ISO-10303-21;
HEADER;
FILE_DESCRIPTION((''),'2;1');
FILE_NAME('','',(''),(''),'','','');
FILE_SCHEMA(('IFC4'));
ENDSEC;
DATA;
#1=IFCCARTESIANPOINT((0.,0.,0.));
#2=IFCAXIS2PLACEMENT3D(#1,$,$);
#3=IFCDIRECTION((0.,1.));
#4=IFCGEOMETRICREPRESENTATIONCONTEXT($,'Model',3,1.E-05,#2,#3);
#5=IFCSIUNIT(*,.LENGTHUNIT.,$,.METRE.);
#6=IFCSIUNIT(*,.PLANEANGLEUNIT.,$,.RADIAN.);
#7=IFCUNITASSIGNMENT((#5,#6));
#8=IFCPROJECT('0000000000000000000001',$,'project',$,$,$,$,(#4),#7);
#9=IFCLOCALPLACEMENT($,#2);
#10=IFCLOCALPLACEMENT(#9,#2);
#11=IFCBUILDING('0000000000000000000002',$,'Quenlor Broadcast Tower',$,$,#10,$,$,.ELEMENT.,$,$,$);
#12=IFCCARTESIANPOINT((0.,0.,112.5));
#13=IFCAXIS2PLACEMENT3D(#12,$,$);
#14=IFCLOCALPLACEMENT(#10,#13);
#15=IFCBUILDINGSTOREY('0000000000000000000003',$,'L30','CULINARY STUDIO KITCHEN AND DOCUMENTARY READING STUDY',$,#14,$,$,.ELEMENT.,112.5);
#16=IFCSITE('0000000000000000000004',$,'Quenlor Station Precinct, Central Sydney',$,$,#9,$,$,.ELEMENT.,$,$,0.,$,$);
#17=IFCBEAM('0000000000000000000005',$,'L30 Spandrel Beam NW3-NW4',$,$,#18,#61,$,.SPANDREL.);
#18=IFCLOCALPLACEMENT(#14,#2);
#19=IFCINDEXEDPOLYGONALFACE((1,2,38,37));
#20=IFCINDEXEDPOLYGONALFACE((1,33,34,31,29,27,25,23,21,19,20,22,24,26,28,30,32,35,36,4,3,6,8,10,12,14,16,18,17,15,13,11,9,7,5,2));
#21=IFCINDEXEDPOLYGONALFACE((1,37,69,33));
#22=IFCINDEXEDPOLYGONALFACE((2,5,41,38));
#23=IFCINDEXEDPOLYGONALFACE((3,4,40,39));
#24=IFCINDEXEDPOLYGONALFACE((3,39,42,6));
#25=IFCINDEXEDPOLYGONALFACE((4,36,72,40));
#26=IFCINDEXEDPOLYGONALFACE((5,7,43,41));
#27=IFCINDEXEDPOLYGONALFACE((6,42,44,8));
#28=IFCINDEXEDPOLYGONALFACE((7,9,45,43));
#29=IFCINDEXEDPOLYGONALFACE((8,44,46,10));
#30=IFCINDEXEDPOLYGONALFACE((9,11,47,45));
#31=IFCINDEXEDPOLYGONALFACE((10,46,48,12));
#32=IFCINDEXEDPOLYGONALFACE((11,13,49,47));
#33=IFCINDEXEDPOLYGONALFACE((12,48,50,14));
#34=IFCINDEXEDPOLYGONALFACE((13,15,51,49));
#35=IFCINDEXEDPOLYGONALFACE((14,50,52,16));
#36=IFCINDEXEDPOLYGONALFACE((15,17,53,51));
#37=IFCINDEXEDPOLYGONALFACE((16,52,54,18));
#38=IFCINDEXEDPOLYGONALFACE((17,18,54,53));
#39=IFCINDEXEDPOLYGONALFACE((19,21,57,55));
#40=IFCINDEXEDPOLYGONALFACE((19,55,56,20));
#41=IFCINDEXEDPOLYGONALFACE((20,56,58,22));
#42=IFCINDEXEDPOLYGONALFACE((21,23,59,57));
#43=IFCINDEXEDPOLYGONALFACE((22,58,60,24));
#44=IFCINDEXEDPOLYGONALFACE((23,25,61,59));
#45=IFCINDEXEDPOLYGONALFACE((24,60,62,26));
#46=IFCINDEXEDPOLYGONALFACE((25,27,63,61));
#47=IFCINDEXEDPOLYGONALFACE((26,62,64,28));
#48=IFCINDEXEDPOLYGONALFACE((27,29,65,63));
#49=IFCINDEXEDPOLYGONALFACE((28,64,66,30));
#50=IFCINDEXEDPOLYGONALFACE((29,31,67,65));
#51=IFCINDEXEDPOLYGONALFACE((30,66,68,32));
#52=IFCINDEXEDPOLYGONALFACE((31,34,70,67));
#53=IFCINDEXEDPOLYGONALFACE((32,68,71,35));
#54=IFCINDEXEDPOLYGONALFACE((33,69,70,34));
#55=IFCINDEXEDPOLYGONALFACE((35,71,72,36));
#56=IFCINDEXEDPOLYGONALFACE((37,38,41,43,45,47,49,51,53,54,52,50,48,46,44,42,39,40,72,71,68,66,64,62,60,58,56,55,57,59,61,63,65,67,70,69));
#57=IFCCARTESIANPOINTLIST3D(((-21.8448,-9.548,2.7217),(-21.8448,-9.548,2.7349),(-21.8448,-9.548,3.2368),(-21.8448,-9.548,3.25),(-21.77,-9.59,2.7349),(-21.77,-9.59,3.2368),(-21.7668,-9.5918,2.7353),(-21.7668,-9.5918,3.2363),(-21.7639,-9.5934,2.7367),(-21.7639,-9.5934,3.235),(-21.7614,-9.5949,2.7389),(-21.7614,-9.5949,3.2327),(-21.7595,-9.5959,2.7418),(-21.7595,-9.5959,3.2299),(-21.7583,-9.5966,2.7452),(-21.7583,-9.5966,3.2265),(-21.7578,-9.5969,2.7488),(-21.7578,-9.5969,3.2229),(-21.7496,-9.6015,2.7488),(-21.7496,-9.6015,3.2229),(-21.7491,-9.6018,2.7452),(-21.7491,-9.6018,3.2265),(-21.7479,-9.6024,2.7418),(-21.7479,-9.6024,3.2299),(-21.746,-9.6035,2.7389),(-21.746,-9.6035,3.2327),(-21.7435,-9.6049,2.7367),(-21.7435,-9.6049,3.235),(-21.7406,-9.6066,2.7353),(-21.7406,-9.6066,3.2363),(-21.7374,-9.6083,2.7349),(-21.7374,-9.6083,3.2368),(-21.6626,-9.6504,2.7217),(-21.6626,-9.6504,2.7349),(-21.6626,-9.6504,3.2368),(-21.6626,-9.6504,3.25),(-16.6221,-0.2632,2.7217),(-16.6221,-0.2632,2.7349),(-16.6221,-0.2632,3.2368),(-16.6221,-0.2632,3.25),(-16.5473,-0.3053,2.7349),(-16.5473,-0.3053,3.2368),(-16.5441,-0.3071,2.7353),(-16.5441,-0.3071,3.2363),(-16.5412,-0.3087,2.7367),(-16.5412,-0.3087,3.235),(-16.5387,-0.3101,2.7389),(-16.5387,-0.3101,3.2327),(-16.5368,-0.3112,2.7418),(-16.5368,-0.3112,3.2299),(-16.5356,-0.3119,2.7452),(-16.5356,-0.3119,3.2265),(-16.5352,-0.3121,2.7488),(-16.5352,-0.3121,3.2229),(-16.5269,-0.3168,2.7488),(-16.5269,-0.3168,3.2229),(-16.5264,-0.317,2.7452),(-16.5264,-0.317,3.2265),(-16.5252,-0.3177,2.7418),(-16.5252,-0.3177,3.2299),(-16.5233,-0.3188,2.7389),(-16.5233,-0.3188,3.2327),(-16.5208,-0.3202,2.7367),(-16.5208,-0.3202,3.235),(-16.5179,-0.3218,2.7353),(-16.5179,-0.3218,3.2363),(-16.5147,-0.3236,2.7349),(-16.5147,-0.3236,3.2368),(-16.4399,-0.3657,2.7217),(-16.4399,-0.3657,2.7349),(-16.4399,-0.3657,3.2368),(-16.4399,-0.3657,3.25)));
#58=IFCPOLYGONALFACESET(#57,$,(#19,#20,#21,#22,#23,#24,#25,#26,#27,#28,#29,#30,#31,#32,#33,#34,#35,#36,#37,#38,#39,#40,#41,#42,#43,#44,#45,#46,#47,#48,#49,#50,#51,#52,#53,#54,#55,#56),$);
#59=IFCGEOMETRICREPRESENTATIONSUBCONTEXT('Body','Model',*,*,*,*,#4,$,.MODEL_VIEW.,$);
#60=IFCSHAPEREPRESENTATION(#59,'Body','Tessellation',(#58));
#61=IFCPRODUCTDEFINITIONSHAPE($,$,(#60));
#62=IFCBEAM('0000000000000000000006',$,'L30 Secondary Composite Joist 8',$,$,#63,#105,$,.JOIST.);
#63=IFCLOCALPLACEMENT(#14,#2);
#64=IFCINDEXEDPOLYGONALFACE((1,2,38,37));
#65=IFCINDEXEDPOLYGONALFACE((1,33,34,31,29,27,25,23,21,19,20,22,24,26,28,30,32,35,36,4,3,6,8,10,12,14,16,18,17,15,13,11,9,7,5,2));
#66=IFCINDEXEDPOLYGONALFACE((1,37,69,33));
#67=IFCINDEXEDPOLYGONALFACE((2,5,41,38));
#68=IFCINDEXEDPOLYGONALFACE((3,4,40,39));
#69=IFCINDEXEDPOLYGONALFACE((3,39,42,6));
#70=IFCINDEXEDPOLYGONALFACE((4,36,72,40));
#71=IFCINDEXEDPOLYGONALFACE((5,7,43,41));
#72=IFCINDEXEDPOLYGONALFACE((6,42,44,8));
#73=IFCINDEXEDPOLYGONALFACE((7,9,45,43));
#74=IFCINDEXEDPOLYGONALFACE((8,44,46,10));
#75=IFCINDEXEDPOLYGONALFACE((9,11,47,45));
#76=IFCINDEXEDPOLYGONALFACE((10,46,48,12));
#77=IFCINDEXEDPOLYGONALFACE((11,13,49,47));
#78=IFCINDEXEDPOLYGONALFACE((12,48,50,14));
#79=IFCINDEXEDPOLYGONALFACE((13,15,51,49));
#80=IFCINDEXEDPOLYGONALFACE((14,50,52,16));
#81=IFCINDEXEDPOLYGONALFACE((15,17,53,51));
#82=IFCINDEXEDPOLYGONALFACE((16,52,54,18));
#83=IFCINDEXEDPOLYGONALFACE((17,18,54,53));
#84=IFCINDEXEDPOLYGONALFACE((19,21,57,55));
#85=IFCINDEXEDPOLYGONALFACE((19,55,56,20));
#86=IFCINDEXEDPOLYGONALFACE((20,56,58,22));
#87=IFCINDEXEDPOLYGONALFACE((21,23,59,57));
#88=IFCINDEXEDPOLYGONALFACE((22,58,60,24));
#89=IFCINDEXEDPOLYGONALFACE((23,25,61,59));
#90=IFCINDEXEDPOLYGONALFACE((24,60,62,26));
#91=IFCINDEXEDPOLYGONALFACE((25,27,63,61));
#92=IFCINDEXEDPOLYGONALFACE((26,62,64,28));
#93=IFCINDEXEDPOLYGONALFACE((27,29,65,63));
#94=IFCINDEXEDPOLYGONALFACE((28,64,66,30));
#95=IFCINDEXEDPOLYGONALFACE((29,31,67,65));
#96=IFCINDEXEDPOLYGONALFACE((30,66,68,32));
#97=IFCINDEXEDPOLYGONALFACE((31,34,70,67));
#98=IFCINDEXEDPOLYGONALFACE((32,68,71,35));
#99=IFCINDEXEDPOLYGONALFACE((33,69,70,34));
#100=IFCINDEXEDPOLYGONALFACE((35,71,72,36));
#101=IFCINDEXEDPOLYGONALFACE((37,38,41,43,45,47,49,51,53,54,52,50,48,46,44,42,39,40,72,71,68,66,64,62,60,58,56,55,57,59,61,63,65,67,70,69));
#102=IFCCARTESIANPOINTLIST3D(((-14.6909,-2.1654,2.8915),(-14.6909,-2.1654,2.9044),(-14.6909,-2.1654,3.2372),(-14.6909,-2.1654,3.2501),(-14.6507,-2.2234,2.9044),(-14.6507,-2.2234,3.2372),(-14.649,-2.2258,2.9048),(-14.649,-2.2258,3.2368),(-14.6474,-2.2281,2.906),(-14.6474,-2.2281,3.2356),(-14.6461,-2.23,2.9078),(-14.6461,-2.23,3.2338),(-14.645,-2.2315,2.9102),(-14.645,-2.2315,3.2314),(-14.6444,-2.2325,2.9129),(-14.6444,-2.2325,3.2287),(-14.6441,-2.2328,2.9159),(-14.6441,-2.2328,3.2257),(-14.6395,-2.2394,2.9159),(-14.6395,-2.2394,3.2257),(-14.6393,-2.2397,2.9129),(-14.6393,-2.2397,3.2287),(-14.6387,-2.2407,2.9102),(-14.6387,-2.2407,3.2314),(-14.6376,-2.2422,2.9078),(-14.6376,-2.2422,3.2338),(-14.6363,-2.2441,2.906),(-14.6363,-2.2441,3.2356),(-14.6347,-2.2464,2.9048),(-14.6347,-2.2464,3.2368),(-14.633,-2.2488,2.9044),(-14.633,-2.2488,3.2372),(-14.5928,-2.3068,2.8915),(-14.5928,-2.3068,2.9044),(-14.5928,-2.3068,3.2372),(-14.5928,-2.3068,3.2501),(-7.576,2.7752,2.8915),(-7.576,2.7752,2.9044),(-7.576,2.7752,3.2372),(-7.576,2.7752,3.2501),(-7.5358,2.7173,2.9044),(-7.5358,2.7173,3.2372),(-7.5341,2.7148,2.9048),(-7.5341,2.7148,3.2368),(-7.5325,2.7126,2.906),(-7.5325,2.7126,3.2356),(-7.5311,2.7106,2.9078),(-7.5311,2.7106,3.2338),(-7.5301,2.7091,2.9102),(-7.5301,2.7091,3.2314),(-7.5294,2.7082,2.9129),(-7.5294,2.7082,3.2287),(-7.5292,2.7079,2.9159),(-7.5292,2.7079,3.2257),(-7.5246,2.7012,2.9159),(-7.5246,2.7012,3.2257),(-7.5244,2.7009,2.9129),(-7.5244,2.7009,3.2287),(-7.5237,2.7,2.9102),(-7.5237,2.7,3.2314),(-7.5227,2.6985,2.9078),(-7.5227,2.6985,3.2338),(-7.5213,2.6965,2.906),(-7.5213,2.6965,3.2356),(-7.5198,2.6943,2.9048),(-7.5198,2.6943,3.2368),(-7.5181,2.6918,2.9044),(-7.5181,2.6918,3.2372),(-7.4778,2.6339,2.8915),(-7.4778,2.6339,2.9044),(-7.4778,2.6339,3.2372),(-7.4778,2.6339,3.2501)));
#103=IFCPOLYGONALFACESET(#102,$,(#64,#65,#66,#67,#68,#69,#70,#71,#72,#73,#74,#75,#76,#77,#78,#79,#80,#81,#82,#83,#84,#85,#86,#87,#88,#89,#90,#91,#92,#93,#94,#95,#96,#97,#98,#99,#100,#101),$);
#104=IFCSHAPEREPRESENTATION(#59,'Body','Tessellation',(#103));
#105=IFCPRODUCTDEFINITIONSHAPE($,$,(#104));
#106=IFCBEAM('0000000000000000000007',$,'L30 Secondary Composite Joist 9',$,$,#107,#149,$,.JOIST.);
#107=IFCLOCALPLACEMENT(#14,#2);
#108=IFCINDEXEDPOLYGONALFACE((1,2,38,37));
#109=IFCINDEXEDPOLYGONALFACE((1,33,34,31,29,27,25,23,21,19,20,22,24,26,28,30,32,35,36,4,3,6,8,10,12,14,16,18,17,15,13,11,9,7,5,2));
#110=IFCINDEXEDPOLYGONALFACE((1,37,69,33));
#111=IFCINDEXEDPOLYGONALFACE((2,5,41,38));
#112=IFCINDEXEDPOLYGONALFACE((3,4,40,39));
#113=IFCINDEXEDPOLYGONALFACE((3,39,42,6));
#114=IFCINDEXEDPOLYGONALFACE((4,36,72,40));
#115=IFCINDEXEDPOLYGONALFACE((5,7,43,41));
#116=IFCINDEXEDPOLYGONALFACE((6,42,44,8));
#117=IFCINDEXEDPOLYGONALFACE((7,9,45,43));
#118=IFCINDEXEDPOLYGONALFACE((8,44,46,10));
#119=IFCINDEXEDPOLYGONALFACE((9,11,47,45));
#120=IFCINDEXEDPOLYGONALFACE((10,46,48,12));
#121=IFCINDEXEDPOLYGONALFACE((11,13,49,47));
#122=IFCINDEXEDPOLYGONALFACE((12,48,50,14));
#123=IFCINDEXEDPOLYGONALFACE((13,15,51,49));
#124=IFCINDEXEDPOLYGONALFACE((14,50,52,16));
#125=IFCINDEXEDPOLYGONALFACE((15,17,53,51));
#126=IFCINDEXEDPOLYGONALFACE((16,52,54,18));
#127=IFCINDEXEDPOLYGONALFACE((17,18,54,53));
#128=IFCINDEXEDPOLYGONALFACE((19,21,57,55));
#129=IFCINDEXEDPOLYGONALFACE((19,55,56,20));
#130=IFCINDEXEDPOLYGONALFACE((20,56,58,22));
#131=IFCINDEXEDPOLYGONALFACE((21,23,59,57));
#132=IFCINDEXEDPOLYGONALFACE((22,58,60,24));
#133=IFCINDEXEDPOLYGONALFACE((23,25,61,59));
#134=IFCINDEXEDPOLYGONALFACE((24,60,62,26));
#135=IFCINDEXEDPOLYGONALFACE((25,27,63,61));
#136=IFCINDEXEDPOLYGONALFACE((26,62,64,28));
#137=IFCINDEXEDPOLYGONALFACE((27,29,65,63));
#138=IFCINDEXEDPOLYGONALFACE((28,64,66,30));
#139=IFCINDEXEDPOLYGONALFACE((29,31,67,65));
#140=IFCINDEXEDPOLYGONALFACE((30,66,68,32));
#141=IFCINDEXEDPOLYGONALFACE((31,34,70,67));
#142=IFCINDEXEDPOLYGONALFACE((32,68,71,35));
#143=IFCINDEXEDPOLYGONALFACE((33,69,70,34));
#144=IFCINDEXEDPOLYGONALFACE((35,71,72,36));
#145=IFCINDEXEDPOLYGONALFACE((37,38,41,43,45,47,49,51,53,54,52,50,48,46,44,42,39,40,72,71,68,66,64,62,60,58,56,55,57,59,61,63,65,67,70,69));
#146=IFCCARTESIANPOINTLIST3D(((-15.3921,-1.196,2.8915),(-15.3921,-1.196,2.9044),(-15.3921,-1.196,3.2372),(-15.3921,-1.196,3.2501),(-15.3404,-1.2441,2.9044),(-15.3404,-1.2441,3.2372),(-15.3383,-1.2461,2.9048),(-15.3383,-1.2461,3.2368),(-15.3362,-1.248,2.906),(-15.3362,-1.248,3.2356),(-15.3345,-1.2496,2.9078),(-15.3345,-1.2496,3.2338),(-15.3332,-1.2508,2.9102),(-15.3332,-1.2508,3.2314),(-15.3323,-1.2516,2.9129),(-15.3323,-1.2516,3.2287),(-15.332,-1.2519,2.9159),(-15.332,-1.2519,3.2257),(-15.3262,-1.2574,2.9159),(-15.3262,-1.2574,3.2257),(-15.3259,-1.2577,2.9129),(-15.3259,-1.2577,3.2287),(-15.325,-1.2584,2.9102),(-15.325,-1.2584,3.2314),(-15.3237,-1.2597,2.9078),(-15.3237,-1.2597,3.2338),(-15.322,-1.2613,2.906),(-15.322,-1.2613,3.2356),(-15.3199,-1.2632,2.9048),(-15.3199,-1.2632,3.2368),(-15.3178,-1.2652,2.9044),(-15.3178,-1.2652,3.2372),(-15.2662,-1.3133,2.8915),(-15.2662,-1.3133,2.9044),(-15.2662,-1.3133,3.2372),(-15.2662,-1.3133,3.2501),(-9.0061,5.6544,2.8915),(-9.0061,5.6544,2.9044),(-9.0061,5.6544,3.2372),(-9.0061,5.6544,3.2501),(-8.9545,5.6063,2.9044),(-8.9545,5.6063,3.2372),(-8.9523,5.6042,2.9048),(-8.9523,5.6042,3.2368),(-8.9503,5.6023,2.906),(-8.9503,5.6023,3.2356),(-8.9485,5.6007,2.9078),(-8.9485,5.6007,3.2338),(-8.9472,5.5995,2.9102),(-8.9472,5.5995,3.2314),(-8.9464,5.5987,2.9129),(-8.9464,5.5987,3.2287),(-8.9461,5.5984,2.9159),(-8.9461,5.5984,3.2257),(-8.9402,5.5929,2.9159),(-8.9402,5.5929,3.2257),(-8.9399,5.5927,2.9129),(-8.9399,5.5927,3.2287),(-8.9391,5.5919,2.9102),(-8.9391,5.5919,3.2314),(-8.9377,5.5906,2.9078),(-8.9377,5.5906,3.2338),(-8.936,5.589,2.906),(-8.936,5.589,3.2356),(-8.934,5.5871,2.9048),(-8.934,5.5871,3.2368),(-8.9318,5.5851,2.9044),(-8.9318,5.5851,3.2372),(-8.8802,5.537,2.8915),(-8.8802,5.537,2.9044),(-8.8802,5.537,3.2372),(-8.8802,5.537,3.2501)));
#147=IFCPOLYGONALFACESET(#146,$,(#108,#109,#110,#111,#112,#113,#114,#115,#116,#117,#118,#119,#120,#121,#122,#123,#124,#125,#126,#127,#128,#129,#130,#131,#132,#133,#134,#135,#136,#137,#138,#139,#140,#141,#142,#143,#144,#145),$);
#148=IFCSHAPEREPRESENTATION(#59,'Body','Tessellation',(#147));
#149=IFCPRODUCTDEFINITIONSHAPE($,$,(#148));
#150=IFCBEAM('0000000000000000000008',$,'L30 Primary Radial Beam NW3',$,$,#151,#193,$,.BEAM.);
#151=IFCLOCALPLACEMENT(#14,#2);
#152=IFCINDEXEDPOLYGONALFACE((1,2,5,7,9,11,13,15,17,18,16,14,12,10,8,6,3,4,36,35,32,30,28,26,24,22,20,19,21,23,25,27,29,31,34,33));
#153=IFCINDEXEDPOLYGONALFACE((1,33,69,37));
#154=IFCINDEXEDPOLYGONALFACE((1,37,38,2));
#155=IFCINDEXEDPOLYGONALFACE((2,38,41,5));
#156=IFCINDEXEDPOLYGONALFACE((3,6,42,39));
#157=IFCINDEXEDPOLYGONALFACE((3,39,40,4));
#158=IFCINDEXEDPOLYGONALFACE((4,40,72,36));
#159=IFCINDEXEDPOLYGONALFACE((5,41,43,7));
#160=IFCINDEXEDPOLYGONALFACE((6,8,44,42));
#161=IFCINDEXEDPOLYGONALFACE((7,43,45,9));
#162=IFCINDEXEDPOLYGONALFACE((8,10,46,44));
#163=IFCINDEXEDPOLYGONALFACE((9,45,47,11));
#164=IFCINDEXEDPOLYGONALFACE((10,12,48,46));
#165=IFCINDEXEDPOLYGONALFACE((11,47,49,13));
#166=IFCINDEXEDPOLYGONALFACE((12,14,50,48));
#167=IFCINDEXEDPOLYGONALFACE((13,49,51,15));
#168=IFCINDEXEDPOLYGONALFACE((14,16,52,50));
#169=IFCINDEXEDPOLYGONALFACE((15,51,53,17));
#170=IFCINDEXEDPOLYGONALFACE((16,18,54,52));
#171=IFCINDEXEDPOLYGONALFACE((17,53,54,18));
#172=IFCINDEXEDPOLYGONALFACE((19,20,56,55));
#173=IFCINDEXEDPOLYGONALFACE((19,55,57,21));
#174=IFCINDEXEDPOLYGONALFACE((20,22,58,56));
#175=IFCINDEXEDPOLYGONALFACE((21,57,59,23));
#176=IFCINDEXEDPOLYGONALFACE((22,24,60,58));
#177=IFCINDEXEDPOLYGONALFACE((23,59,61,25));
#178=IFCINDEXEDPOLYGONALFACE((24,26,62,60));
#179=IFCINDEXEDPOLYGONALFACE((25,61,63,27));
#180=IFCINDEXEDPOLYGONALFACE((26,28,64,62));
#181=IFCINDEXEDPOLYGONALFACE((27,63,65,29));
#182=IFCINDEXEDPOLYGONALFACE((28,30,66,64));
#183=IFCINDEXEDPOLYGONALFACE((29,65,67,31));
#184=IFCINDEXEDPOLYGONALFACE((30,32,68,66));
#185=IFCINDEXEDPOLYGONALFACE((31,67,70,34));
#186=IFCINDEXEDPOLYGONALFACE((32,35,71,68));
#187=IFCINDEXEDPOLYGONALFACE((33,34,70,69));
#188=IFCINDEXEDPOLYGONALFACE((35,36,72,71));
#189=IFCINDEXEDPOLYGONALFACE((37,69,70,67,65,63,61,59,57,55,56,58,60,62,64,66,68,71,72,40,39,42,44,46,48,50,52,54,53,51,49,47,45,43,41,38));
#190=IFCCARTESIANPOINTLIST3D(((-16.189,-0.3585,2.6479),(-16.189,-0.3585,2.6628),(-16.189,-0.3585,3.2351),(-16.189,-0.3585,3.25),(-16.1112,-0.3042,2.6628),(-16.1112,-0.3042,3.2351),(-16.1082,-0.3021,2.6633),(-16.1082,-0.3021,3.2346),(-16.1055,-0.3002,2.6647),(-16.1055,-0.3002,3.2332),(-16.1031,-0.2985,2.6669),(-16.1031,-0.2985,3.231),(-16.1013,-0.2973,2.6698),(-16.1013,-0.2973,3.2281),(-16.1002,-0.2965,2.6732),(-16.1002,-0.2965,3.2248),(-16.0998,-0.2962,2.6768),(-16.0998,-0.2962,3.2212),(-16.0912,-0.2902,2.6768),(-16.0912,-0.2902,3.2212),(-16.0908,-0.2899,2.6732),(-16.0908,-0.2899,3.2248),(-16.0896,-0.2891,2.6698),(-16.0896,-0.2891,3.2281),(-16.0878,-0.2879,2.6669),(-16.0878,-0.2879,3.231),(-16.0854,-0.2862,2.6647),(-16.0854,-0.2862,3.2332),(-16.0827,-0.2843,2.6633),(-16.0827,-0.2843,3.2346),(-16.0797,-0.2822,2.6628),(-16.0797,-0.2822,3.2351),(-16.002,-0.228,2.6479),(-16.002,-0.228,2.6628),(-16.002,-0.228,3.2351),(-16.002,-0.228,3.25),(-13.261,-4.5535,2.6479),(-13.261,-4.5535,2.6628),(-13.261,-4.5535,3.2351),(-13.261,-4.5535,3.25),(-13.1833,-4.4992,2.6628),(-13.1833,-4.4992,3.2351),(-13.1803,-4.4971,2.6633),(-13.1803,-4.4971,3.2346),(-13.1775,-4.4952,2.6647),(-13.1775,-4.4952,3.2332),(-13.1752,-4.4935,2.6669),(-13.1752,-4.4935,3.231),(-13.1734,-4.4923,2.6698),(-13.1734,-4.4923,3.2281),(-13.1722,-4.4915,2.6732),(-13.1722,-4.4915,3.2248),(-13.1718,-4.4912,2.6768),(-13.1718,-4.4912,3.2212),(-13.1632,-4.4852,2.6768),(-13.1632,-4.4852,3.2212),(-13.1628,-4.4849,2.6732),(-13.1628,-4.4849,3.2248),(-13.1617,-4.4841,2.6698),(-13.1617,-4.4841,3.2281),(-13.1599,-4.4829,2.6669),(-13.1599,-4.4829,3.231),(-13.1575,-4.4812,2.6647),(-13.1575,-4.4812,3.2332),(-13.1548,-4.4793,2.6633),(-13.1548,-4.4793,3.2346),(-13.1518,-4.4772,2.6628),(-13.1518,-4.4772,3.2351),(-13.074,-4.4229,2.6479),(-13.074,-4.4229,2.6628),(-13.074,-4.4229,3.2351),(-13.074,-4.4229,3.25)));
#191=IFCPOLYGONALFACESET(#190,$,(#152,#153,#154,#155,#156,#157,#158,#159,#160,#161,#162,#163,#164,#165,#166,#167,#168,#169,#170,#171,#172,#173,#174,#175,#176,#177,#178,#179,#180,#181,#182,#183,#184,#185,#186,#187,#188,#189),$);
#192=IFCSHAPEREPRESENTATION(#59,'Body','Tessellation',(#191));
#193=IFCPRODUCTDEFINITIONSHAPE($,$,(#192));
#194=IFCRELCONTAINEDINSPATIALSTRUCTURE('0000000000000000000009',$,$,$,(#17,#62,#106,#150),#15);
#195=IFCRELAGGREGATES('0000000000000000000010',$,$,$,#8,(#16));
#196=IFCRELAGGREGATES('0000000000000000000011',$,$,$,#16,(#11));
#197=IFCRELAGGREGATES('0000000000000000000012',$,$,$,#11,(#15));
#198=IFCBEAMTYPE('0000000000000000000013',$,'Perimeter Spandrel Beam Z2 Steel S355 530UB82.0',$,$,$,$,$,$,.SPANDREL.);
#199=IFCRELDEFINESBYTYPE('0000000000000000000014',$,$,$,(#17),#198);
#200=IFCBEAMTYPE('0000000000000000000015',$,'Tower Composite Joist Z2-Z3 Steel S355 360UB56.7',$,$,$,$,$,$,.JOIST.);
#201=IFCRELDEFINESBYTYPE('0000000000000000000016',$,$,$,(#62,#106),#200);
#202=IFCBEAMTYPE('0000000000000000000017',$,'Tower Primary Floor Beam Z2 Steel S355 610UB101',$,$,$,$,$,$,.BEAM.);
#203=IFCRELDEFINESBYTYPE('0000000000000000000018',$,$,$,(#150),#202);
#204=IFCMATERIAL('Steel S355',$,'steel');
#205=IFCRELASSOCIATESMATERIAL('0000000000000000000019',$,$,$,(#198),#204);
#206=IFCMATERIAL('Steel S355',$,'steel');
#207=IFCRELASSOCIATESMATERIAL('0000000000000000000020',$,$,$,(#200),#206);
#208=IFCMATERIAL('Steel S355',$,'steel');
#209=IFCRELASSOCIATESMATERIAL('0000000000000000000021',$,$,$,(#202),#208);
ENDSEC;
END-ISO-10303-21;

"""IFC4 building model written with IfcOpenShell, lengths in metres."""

from ifc_helpers import new_model, si_unit, direction, frame, origin, origin_2d, place, context, subcontext, project, spatial, i_section, extrude, material, material_profile, profile_set, type_object, element, save


model = new_model("IFC4")

# Units and contexts
model_context = context("Model", 3, precision=1e-05, world=origin(), true_north=direction((0.0, 1.0)))
body_context = subcontext(model_context, "Body", "Model", "MODEL_VIEW")
ifc_project = project(units=[si_unit("LENGTHUNIT", "METRE"), si_unit("PLANEANGLEUNIT", "RADIAN")], contexts=[model_context])

# Site, building, storey
site_placement = place(None, origin())
site = spatial("IfcSite", under=ifc_project, at=site_placement, Name="Quenlor Station Precinct, Central Sydney", CompositionType="ELEMENT", RefElevation=0.0)
building_placement = place(site_placement, origin())
building = spatial("IfcBuilding", under=site, at=building_placement, Name="Quenlor Broadcast Tower", CompositionType="ELEMENT")
storey_placement = place(building_placement, frame((0.0, 0.0, 112.5)))
storey = spatial("IfcBuildingStorey", under=building, at=storey_placement, Name="L30", Description="CULINARY STUDIO KITCHEN AND DOCUMENTARY READING STUDY", CompositionType="ELEMENT", Elevation=112.5)

# Beams
ifc_material_1 = material(Name="Steel S355", Category="steel")
ifc_material_profile_1 = material_profile(ifc_material_1, i_section(OverallWidth=0.209, OverallDepth=0.5283, WebThickness=0.0095, FlangeThickness=0.0132, FilletRadius=0.0139, at=origin_2d()))
ifc_profile_set_1 = profile_set([ifc_material_profile_1], Name="Steel S355 530UB82.0")
beam_type_1 = type_object("IfcBeamType", Name="Perimeter Spandrel Beam Z2 Steel S355 530UB82.0", PredefinedType="SPANDREL", material=ifc_profile_set_1)
beam_1_placement = place(storey_placement, frame((-16.531, -0.3145, 2.9858), z_axis=(-0.490263, -0.871574, 0.0), x_axis=(0.871574, -0.490263, 0.0)))
element("IfcBeam", 1, at=beam_1_placement, inside=storey, type_object=beam_type_1, Name="L30 Spandrel Beam NW3-NW4", PredefinedType="SPANDREL", context=body_context, shape_type="SweptSolid", body=[
    extrude(i_section(OverallWidth=0.209, OverallDepth=0.5283, WebThickness=0.0095, FlangeThickness=0.0132, FilletRadius=0.0139, at=origin_2d()), origin(), (0.0, 0.0, 1.0), 10.6528),
])
ifc_material_2 = material(Name="Steel S355", Category="steel")
ifc_material_profile_2 = material_profile(ifc_material_2, i_section(OverallWidth=0.1721, OverallDepth=0.3586, WebThickness=0.0081, FlangeThickness=0.0129, FilletRadius=0.0115, at=origin_2d()))
ifc_profile_set_2 = profile_set([ifc_material_profile_2], Name="Steel S355 360UB56.7")
beam_type_2 = type_object("IfcBeamType", Name="Tower Composite Joist Z2-Z3 Steel S355 360UB56.7", PredefinedType="JOIST", material=ifc_profile_set_2)
beam_2_placement = place(storey_placement, frame((-14.6418, -2.2361, 3.0708), z_axis=(0.821386, 0.570373, 0.0), x_axis=(-0.570373, 0.821386, 0.0)))
element("IfcBeam", 2, at=beam_2_placement, inside=storey, type_object=beam_type_2, Name="L30 Secondary Composite Joist 8", PredefinedType="JOIST", context=body_context, shape_type="SweptSolid", body=[
    extrude(i_section(OverallWidth=0.1721, OverallDepth=0.3586, WebThickness=0.0081, FlangeThickness=0.0129, FilletRadius=0.0115, at=origin_2d()), origin(), (0.0, 0.0, 1.0), 8.6621),
])
beam_3_placement = place(storey_placement, frame((-15.3291, -1.2546, 3.0708), z_axis=(0.681881, 0.731463, 0.0), x_axis=(-0.731463, 0.681881, 0.0)))
element("IfcBeam", 3, at=beam_3_placement, inside=storey, type_object=beam_type_2, Name="L30 Secondary Composite Joist 9", PredefinedType="JOIST", context=body_context, shape_type="SweptSolid", body=[
    extrude(i_section(OverallWidth=0.1721, OverallDepth=0.3586, WebThickness=0.0081, FlangeThickness=0.0129, FilletRadius=0.0115, at=origin_2d()), origin(), (0.0, 0.0, 1.0), 9.3652),
])
ifc_material_3 = material(Name="Steel S355", Category="steel")
ifc_material_profile_3 = material_profile(ifc_material_3, i_section(OverallWidth=0.228, OverallDepth=0.6021, WebThickness=0.0105, FlangeThickness=0.0149, FilletRadius=0.0139, at=origin_2d()))
ifc_profile_set_3 = profile_set([ifc_material_profile_3], Name="Steel S355 610UB101")
beam_type_3 = type_object("IfcBeamType", Name="Tower Primary Floor Beam Z2 Steel S355 610UB101", PredefinedType="BEAM", material=ifc_profile_set_3)
beam_4_placement = place(storey_placement, frame((-16.0955, -0.2932, 2.949), z_axis=(0.572338, -0.820018, 0.0), x_axis=(0.820018, 0.572338, 0.0)))
element("IfcBeam", 4, at=beam_4_placement, inside=storey, type_object=beam_type_3, Name="L30 Primary Radial Beam NW3", PredefinedType="BEAM", context=body_context, shape_type="SweptSolid", body=[
    extrude(i_section(OverallWidth=0.228, OverallDepth=0.6021, WebThickness=0.0105, FlangeThickness=0.0149, FilletRadius=0.0139, at=origin_2d()), origin(), (0.0, 0.0, 1.0), 5.1157),
])

save(model, "model.ifc")
